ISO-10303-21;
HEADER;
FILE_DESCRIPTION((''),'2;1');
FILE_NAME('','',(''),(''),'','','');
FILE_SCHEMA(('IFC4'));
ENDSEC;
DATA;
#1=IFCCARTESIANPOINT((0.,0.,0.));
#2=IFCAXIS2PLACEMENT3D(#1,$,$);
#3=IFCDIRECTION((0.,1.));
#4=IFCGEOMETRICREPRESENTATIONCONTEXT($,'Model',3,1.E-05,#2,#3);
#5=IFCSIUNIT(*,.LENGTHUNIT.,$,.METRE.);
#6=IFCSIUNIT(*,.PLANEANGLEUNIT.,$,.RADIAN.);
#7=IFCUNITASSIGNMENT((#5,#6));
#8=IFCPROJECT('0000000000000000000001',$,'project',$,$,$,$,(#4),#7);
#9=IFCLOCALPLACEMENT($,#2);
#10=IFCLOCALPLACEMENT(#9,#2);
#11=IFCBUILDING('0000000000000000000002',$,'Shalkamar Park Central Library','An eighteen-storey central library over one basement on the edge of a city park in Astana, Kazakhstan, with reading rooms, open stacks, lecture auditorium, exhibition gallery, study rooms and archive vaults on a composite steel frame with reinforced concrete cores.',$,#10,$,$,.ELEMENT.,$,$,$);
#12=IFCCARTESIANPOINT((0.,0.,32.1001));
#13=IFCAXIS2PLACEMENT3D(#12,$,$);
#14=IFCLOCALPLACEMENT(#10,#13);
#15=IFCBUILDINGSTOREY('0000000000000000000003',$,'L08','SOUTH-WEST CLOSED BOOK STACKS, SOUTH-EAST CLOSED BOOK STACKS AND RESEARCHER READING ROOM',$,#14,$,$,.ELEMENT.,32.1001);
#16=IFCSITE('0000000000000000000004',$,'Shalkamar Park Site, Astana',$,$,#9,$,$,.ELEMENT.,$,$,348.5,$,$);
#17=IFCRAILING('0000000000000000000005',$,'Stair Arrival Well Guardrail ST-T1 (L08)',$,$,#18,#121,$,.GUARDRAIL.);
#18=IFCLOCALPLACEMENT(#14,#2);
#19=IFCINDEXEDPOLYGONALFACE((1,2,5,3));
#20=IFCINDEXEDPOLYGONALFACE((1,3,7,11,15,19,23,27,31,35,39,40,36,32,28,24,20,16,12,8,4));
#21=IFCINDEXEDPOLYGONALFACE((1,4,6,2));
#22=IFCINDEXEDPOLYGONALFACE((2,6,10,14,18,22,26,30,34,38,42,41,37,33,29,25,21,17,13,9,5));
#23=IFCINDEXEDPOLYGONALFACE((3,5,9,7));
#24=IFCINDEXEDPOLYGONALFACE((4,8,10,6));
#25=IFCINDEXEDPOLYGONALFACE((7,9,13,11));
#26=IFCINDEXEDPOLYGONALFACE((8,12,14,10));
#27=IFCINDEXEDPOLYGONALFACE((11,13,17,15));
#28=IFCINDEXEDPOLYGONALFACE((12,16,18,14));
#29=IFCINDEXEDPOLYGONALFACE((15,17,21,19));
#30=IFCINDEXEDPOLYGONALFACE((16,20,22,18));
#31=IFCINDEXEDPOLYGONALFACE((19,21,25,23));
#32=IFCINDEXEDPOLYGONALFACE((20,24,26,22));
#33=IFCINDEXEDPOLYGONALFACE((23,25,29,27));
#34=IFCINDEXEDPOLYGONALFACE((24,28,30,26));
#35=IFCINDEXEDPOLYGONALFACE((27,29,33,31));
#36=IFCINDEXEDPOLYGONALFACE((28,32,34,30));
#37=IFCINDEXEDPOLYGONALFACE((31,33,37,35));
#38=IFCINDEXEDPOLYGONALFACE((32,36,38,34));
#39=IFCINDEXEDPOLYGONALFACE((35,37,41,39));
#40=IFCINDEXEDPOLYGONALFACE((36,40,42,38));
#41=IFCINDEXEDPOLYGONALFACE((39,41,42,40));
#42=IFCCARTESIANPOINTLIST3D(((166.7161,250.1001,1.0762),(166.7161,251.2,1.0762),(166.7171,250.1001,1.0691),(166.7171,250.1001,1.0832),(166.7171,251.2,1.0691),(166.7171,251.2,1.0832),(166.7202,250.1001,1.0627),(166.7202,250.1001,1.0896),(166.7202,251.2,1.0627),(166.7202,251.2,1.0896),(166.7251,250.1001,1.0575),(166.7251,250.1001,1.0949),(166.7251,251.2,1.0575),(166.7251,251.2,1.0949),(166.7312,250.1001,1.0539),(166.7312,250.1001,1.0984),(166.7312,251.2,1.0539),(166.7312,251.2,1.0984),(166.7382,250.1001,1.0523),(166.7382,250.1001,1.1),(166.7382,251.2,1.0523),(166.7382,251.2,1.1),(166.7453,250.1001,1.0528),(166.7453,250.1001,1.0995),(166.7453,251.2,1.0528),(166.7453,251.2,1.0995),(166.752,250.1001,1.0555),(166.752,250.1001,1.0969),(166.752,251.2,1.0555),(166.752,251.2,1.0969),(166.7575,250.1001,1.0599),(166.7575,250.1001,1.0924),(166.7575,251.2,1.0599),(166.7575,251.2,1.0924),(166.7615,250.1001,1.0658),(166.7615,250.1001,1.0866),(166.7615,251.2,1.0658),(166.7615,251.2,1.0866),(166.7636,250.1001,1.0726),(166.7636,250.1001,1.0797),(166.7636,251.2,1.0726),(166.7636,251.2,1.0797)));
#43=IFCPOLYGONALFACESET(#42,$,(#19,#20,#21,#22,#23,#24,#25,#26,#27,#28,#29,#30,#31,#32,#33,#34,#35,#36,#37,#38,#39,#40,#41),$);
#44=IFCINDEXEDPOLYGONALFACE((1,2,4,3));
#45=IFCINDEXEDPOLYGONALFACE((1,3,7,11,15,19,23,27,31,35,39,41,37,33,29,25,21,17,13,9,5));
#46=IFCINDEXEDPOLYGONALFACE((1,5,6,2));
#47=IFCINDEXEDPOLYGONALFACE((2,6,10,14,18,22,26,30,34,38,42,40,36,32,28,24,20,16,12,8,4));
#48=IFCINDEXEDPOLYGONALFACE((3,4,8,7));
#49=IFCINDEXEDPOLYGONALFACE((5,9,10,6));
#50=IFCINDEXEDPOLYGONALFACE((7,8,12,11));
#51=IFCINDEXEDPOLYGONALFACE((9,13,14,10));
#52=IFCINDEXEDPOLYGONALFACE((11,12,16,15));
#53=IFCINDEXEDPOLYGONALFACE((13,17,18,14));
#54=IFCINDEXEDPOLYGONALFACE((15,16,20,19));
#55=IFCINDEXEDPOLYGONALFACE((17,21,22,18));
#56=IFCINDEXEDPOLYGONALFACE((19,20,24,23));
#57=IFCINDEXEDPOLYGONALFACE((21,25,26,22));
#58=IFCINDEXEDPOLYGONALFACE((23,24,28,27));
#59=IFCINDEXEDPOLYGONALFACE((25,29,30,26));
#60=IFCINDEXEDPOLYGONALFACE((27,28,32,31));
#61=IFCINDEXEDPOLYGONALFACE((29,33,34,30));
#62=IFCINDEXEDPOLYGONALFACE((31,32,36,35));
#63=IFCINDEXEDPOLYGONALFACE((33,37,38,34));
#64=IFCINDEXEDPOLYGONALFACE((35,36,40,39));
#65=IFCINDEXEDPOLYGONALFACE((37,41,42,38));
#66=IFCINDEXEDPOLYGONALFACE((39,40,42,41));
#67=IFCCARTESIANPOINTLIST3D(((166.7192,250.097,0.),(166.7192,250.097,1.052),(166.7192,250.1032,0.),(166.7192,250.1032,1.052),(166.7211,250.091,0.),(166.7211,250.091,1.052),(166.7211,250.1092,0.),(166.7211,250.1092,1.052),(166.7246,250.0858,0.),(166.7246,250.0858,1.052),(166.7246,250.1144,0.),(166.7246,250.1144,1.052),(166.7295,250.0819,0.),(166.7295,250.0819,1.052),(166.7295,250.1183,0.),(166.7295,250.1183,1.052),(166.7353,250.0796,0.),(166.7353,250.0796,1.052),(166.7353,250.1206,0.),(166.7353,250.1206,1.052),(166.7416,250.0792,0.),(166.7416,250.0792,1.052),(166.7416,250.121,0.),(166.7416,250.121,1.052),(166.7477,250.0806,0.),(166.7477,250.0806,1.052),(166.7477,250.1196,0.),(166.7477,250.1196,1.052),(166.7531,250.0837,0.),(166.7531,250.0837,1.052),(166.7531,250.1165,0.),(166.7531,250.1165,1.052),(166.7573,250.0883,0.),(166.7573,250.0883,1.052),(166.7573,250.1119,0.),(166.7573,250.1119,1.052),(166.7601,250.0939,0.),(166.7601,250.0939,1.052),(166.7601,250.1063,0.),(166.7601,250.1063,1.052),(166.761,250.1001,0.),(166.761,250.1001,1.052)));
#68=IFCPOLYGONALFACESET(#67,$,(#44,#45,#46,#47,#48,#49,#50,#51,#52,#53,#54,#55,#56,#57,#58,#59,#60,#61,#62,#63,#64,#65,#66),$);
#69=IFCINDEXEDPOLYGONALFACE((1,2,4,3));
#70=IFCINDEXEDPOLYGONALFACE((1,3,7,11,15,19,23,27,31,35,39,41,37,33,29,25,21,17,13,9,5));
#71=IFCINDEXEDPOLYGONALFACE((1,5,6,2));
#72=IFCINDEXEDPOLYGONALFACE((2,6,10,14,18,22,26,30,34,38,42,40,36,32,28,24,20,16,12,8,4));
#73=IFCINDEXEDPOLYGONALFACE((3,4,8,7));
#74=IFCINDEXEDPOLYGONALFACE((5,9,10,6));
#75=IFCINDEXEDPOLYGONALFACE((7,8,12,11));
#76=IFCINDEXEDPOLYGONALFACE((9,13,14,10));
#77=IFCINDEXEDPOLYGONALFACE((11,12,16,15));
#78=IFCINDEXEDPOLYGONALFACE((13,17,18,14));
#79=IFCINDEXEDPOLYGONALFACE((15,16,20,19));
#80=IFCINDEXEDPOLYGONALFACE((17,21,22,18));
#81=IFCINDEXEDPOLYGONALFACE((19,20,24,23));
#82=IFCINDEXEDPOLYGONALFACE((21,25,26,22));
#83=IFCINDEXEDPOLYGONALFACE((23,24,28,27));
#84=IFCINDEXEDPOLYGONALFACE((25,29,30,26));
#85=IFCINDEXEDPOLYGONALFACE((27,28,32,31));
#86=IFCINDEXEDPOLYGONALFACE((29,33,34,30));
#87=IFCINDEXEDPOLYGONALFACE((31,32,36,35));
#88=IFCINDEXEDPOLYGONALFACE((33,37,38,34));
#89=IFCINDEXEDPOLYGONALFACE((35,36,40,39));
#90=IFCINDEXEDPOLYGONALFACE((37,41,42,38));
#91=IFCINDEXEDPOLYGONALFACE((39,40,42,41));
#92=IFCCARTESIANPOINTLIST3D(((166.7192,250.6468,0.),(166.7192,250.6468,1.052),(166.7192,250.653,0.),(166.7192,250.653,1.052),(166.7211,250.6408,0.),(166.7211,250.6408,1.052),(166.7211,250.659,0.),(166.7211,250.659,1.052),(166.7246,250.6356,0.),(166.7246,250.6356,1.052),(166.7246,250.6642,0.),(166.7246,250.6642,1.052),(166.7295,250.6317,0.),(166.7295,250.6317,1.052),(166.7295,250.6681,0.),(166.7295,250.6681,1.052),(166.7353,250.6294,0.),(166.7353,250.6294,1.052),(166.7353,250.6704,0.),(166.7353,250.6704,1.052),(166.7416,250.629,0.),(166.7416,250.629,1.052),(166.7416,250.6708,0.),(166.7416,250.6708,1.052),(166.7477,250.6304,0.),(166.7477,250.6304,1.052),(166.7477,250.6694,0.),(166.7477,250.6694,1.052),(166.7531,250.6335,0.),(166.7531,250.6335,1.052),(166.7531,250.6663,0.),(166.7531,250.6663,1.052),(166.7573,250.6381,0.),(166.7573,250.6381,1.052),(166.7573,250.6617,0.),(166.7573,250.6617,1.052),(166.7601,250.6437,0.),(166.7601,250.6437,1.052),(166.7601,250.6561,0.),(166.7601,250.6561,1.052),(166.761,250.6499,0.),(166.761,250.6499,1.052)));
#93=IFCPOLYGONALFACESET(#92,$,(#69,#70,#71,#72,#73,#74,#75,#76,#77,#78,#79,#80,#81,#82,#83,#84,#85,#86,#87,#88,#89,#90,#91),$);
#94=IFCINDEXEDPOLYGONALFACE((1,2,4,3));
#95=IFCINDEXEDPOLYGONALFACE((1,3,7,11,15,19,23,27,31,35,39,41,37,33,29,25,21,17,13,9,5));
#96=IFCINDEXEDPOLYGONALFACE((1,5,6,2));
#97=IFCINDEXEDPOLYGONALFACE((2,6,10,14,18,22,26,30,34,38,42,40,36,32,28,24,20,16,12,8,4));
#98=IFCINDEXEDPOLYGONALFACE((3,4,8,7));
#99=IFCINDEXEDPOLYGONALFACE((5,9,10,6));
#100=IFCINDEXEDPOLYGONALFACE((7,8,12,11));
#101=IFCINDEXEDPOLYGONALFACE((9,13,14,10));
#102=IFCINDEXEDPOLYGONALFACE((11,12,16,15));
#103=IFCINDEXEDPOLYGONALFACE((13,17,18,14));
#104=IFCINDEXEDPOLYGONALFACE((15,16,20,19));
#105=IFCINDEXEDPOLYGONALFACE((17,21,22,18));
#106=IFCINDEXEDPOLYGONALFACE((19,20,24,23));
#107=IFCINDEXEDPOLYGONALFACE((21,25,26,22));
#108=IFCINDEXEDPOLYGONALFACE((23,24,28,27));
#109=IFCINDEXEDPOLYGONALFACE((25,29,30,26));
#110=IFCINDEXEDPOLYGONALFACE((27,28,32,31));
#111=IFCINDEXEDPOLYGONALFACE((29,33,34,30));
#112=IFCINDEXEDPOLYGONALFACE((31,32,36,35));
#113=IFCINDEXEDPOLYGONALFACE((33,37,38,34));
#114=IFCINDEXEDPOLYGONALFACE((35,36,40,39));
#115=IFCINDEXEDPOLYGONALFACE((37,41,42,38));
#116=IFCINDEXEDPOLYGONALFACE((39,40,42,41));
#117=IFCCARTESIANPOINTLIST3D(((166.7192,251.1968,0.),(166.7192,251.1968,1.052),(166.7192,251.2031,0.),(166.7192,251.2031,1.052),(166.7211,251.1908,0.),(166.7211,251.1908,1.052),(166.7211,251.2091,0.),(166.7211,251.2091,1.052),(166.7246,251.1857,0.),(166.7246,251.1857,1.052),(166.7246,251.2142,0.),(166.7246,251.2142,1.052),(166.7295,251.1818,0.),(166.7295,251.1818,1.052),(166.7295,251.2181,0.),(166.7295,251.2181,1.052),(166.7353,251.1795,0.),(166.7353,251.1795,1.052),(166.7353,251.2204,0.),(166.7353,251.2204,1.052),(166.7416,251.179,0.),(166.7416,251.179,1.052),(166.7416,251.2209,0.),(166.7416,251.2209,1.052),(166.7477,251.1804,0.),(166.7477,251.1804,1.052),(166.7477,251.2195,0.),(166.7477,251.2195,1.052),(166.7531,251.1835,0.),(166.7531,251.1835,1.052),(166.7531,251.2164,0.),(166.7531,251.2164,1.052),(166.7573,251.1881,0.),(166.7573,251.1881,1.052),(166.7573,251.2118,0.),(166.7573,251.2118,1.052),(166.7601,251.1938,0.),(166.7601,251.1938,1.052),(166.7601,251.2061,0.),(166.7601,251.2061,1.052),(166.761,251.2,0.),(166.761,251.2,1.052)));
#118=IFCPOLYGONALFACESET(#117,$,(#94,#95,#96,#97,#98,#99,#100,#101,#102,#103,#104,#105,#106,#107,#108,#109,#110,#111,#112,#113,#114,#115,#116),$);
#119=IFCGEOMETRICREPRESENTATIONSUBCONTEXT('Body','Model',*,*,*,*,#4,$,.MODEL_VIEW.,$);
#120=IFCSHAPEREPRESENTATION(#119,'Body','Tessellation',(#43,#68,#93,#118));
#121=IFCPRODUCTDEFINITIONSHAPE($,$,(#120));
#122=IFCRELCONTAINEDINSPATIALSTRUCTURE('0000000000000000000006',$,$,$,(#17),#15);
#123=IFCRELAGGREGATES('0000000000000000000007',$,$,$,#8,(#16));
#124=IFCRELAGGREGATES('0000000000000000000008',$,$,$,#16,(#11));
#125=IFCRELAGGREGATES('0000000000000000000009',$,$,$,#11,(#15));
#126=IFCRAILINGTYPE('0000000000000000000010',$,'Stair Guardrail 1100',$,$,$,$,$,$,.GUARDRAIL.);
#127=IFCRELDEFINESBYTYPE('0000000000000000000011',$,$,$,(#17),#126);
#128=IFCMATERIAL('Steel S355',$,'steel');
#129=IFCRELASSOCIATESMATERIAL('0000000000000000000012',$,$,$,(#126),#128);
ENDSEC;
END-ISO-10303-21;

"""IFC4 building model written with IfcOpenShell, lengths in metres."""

from ifc_helpers import new_model, si_unit, direction, frame, origin, origin_2d, place, context, subcontext, project, spatial, circle, extrude, material, type_object, element, save


model = new_model("IFC4")

# Units and contexts
model_context = context("Model", 3, precision=1e-05, world=origin(), true_north=direction((0.0, 1.0)))
body_context = subcontext(model_context, "Body", "Model", "MODEL_VIEW")
ifc_project = project(units=[si_unit("LENGTHUNIT", "METRE"), si_unit("PLANEANGLEUNIT", "RADIAN")], contexts=[model_context])

# Site, building, storey
site_placement = place(None, origin())
site = spatial("IfcSite", under=ifc_project, at=site_placement, Name="Shalkamar Park Site, Astana", CompositionType="ELEMENT", RefElevation=348.5)
building_placement = place(site_placement, origin())
building = spatial("IfcBuilding", under=site, at=building_placement, Name="Shalkamar Park Central Library", Description="An eighteen-storey central library over one basement on the edge of a city park in Astana, Kazakhstan, with reading rooms, open stacks, lecture auditorium, exhibition gallery, study rooms and archive vaults on a composite steel frame with reinforced concrete cores.", CompositionType="ELEMENT")
storey_placement = place(building_placement, frame((0.0, 0.0, 32.1001)))
storey = spatial("IfcBuildingStorey", under=building, at=storey_placement, Name="L08", Description="SOUTH-WEST CLOSED BOOK STACKS, SOUTH-EAST CLOSED BOOK STACKS AND RESEARCHER READING ROOM", CompositionType="ELEMENT", Elevation=32.1001)

# Shared definitions
ifc_material_1 = material(Name="Steel S355", Category="steel")

# Railing
railing_type_1 = type_object("IfcRailingType", Name="Stair Guardrail 1100", PredefinedType="GUARDRAIL", material=ifc_material_1)
railing_1_placement = place(storey_placement, frame((166.74, 250.1001, 0.0)))
element("IfcRailing", 1, at=railing_1_placement, inside=storey, type_object=railing_type_1, Name="Stair Arrival Well Guardrail ST-T1 (L08)", PredefinedType="GUARDRAIL", context=body_context, shape_type="SweptSolid", body=[
    extrude(circle(Radius=0.0239, at=origin_2d()), frame((0.0, 0.0, 1.0762), z_axis=(0.0, 1.0, 0.0), x_axis=(-1.0, 0.0, 0.0)), (0.0, 0.0, 1.0), 1.0999),
    extrude(circle(Radius=0.021, at=origin_2d()), origin(), (0.0, 0.0, 1.0), 1.052),
    extrude(circle(Radius=0.021, at=origin_2d()), frame((0.0, 0.5498, 0.0)), (0.0, 0.0, 1.0), 1.052),
    extrude(circle(Radius=0.021, at=origin_2d()), frame((0.0, 1.0999, 0.0)), (0.0, 0.0, 1.0), 1.052),
])

save(model, "model.ifc")
